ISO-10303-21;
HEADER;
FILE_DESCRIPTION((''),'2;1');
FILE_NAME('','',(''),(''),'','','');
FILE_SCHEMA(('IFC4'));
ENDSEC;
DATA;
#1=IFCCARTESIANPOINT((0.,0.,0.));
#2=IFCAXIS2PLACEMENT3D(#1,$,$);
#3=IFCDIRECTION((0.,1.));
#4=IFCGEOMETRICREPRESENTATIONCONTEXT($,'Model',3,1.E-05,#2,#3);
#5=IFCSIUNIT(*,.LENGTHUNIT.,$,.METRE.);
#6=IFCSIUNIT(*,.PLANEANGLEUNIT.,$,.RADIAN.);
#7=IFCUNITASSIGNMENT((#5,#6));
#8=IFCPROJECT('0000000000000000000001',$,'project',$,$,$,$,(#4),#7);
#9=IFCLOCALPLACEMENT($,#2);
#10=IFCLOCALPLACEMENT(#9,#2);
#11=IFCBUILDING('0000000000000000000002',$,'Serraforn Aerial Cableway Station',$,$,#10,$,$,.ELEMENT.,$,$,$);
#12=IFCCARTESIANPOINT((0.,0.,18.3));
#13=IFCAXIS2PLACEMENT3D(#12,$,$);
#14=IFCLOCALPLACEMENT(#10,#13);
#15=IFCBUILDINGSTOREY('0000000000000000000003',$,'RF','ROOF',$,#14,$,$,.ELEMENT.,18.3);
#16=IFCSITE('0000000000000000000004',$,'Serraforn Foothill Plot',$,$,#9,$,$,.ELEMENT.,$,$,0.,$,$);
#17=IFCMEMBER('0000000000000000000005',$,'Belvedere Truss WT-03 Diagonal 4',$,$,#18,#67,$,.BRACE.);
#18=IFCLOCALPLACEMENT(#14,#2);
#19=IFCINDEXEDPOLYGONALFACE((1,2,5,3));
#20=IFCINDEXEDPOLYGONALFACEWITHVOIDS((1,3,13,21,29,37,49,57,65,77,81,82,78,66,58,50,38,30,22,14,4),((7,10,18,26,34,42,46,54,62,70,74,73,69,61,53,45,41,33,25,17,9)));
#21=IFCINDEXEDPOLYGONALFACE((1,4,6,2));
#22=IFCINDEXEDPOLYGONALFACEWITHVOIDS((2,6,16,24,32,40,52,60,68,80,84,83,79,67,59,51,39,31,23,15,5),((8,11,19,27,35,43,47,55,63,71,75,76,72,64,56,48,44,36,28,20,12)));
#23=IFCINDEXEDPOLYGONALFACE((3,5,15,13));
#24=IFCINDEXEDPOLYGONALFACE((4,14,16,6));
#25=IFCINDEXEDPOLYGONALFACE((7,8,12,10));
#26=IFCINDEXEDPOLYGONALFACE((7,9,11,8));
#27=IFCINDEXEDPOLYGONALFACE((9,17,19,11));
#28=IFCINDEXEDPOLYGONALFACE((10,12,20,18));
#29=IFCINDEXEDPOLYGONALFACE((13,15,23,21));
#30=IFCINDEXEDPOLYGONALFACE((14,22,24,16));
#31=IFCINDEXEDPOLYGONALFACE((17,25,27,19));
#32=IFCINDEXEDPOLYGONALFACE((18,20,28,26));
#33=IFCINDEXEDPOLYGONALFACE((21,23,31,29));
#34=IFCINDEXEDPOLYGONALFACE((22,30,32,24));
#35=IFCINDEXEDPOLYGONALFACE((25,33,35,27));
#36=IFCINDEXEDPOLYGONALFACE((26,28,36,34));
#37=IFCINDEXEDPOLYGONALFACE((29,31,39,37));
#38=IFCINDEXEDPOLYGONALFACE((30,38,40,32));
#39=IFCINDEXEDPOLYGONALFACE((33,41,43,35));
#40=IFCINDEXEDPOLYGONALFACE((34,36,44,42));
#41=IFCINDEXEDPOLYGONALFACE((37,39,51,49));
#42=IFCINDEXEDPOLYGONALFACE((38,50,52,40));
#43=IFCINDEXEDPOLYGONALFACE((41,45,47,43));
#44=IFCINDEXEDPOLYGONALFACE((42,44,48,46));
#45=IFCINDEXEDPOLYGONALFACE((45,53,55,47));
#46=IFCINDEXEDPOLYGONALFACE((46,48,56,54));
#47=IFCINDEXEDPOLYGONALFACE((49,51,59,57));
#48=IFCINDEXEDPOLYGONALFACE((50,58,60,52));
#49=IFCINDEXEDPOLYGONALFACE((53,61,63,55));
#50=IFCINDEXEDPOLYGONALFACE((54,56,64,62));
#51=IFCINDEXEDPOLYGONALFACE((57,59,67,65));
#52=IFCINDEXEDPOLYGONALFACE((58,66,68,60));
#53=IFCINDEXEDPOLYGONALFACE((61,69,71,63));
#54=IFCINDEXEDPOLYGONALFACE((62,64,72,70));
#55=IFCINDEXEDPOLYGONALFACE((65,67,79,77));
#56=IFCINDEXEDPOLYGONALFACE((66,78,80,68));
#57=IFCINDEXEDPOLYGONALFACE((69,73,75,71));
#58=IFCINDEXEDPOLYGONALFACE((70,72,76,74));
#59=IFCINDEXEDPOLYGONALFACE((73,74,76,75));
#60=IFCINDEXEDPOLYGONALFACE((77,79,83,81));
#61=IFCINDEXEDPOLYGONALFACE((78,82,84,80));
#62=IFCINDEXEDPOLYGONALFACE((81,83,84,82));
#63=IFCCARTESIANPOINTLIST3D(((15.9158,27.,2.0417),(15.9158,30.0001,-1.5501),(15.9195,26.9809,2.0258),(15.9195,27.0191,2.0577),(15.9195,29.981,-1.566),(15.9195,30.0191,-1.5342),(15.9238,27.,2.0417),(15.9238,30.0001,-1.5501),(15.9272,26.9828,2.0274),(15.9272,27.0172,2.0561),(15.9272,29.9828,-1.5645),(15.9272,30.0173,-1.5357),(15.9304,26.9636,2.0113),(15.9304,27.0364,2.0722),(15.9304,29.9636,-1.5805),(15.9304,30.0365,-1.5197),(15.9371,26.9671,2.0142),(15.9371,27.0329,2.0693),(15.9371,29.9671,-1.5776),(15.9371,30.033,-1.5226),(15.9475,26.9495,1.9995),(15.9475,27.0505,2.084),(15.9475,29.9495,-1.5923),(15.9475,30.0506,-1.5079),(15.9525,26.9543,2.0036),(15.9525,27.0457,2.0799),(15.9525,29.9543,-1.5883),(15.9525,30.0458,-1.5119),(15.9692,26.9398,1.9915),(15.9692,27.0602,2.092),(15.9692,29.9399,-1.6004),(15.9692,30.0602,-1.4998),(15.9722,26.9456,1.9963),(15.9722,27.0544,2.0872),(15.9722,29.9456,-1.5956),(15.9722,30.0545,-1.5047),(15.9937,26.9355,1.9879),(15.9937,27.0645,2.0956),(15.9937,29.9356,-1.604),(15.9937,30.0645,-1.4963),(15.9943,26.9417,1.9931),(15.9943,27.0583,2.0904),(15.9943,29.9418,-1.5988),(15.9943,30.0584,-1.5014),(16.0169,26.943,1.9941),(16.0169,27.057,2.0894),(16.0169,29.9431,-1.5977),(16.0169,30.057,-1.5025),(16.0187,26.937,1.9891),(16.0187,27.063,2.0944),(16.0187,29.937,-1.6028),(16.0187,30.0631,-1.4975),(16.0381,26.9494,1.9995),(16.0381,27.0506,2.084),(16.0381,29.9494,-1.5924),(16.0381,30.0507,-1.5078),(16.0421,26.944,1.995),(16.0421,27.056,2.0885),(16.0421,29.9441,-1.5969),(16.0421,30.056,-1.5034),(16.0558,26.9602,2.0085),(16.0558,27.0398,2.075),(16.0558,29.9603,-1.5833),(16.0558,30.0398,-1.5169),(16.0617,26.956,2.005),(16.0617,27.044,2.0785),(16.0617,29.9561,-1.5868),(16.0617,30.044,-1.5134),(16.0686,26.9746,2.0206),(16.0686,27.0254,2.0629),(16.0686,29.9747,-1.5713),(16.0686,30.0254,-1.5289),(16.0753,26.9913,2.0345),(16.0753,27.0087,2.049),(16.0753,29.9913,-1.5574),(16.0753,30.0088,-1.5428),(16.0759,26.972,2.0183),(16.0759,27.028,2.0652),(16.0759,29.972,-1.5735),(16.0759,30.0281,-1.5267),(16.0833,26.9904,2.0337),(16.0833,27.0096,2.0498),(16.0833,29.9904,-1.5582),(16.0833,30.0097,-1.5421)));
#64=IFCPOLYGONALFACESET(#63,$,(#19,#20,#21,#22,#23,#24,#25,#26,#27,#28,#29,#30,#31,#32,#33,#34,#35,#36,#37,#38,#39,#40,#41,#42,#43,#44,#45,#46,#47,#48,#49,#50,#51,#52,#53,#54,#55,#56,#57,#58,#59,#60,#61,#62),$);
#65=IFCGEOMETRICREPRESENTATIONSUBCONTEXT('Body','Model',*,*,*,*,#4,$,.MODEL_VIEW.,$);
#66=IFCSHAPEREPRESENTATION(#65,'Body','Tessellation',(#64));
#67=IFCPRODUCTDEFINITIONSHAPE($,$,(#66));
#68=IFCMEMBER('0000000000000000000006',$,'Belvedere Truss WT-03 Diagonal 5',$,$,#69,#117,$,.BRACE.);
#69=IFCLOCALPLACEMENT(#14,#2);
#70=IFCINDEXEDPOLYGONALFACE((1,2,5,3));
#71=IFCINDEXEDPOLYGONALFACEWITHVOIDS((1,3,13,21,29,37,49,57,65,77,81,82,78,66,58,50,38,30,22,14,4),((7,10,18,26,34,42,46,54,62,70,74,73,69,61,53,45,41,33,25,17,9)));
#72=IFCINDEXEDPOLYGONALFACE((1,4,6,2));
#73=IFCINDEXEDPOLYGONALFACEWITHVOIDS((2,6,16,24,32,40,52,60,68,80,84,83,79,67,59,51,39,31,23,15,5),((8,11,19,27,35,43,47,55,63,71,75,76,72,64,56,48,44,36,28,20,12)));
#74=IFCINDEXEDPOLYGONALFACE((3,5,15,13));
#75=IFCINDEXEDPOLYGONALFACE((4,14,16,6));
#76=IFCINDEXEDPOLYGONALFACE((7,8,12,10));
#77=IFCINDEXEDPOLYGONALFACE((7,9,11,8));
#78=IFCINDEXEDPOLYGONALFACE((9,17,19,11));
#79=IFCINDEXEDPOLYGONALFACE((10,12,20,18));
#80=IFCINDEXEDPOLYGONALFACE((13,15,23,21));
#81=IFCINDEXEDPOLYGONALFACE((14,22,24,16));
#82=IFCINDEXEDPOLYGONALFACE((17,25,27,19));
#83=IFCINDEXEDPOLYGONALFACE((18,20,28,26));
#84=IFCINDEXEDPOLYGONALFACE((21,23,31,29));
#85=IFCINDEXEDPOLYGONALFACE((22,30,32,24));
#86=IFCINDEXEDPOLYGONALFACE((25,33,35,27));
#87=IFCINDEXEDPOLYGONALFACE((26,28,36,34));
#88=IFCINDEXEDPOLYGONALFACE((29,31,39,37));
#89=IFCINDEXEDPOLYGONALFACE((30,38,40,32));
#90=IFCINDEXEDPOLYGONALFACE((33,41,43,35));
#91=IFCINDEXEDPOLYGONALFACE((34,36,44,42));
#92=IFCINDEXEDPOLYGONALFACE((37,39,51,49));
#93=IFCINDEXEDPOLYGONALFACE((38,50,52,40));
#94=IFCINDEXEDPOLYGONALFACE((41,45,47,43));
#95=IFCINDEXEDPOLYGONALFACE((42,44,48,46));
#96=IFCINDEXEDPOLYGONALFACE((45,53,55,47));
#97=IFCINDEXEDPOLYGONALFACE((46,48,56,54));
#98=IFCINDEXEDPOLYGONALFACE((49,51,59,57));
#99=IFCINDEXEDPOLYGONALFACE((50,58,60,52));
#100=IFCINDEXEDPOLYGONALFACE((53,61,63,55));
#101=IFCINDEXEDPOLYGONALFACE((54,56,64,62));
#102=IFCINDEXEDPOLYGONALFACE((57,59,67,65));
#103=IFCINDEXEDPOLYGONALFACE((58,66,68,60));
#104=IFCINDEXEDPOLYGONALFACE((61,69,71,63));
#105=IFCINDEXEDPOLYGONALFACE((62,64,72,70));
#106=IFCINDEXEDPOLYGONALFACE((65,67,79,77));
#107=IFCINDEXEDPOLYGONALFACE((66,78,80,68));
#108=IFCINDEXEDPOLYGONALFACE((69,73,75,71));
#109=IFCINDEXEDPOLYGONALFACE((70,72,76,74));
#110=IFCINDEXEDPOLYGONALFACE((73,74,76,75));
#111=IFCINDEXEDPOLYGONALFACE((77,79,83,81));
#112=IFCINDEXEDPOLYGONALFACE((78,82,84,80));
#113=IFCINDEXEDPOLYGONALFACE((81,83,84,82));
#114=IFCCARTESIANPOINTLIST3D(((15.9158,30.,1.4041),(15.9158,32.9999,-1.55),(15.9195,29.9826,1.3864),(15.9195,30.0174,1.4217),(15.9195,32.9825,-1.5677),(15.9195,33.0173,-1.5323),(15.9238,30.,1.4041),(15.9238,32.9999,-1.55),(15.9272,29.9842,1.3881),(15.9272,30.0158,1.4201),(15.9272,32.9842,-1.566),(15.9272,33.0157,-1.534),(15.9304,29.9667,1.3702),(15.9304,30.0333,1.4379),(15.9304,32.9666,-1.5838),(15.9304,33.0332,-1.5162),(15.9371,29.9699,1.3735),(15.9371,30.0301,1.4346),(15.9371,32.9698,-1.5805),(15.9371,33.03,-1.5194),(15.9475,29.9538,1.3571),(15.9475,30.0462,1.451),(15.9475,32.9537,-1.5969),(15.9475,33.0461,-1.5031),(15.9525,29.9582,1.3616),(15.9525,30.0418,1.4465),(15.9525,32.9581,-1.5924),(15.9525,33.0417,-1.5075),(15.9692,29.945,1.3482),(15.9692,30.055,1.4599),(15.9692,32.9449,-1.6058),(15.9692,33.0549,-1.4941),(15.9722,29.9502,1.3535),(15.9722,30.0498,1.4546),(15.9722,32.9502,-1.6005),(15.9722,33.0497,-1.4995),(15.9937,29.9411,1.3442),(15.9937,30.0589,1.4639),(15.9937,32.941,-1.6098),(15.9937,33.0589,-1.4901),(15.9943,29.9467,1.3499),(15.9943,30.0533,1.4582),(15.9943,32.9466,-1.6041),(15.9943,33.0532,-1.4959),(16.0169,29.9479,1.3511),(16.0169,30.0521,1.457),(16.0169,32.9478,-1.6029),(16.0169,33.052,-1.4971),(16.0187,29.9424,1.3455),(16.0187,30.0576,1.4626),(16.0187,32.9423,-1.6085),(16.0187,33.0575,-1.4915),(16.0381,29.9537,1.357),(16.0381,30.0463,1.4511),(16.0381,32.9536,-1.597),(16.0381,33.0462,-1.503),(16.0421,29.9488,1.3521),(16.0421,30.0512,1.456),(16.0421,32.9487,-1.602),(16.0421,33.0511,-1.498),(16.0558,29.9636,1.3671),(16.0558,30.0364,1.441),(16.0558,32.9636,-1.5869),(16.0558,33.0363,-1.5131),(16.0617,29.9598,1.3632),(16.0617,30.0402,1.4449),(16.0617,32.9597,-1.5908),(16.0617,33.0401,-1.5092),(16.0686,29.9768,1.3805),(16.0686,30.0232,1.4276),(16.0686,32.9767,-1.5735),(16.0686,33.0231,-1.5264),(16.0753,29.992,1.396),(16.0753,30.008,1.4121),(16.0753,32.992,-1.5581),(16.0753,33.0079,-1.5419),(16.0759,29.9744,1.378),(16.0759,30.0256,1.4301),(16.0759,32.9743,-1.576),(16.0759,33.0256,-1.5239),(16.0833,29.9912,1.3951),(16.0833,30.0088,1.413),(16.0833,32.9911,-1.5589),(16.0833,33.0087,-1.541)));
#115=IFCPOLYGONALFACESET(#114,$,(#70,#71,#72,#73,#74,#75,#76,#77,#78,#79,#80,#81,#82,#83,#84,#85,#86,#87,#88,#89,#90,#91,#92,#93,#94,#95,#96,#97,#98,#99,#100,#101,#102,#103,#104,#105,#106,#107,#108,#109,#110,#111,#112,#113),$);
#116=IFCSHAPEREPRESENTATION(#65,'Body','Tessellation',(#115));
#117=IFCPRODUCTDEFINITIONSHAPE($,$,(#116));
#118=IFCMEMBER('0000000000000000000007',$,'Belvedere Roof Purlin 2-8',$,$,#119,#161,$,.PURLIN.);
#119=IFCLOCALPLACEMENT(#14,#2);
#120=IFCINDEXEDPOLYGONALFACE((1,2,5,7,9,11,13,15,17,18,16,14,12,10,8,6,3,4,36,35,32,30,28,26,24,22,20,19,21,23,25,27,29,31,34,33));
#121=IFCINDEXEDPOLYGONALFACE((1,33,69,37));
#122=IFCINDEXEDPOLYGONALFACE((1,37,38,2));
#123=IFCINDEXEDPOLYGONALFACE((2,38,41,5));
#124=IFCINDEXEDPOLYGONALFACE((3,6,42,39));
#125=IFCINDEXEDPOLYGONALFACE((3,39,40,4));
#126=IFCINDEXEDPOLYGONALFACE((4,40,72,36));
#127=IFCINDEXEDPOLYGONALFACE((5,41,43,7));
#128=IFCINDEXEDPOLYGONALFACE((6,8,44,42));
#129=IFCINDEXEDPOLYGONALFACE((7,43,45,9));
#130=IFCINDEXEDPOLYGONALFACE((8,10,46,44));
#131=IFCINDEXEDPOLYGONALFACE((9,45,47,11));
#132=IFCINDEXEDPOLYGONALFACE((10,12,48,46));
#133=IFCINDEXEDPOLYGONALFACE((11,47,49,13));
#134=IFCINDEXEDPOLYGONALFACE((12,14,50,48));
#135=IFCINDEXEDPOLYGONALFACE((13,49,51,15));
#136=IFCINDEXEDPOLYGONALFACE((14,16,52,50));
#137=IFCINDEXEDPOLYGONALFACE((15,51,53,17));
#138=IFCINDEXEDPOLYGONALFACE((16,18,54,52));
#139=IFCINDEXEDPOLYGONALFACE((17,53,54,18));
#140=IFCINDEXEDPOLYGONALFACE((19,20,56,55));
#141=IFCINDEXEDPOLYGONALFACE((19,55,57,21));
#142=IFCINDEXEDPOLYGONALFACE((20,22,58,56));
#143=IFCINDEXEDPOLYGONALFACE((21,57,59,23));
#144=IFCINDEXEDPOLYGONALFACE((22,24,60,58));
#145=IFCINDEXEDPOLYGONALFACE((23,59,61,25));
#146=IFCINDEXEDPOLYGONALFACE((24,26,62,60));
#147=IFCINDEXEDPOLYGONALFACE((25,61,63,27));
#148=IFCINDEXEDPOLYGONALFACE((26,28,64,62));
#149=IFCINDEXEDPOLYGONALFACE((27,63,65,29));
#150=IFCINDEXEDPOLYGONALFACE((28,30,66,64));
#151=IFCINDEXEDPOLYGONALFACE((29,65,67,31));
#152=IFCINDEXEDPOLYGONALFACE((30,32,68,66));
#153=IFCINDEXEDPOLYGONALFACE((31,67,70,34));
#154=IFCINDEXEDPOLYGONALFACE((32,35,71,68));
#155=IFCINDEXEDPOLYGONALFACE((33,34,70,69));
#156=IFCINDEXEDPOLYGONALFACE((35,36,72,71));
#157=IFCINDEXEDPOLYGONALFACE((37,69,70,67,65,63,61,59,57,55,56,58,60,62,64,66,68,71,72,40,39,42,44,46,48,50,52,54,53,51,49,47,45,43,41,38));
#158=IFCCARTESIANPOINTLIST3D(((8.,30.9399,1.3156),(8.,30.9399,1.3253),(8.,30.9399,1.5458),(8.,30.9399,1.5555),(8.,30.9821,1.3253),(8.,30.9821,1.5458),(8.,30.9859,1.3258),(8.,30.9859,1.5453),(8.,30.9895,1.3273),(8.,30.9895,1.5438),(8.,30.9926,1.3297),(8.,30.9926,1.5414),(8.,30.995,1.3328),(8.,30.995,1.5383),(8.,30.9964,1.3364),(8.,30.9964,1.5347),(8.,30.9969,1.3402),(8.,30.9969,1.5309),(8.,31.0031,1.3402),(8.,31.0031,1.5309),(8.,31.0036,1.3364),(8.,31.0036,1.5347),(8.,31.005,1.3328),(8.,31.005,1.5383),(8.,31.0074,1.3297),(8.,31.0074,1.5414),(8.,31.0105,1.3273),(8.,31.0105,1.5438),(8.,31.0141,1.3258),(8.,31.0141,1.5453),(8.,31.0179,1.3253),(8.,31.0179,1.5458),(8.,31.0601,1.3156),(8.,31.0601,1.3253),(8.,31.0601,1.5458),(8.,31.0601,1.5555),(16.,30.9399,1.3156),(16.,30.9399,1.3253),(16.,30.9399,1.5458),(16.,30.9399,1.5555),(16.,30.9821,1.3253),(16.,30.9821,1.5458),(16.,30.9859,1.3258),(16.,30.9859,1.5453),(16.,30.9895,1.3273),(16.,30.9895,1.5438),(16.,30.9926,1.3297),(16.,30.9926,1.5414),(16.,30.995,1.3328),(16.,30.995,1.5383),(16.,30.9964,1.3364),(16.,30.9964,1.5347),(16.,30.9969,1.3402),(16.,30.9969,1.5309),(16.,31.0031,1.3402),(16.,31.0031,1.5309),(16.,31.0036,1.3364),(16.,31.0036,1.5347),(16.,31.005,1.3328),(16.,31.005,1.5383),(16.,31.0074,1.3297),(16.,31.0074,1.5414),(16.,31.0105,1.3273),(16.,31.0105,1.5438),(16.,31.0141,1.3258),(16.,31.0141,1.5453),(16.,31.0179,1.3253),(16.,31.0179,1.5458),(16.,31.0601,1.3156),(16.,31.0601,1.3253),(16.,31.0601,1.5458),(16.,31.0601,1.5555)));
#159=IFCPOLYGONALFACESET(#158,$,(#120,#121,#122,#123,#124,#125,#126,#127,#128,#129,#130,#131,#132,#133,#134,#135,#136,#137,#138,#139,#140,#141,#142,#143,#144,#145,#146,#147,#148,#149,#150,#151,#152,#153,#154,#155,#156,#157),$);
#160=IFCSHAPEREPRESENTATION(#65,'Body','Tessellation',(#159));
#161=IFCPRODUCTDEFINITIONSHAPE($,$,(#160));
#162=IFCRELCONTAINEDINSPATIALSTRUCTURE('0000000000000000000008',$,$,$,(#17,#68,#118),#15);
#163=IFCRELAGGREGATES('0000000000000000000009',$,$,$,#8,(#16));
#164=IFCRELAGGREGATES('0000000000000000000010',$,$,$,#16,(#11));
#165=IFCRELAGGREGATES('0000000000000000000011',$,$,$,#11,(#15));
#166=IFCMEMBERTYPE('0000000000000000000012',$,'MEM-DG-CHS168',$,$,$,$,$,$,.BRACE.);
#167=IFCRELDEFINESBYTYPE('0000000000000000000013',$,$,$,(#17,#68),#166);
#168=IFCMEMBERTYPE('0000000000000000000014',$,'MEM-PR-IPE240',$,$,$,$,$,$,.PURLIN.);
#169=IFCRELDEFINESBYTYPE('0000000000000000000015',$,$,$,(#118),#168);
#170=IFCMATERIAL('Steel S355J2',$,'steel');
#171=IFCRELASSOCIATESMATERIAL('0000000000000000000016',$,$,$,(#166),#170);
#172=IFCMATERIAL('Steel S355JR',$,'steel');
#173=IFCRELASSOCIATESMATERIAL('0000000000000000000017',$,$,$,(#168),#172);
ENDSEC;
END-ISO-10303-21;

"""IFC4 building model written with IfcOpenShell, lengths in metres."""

from ifc_helpers import new_model, si_unit, direction, frame, origin, origin_2d, place, context, subcontext, project, spatial, hollow_circle, i_section, extrude, material, material_profile, profile_set, type_object, element, save


model = new_model("IFC4")

# Units and contexts
model_context = context("Model", 3, precision=1e-05, world=origin(), true_north=direction((0.0, 1.0)))
body_context = subcontext(model_context, "Body", "Model", "MODEL_VIEW")
ifc_project = project(units=[si_unit("LENGTHUNIT", "METRE"), si_unit("PLANEANGLEUNIT", "RADIAN")], contexts=[model_context])

# Site, building, storey
site_placement = place(None, origin())
site = spatial("IfcSite", under=ifc_project, at=site_placement, Name="Serraforn Foothill Plot", CompositionType="ELEMENT", RefElevation=0.0)
building_placement = place(site_placement, origin())
building = spatial("IfcBuilding", under=site, at=building_placement, Name="Serraforn Aerial Cableway Station", CompositionType="ELEMENT")
storey_placement = place(building_placement, frame((0.0, 0.0, 18.3)))
storey = spatial("IfcBuildingStorey", under=building, at=storey_placement, Name="RF", Description="ROOF", CompositionType="ELEMENT", Elevation=18.3)

# Shared definitions
ifc_material_1 = material(Name="Steel S355JR", Category="steel")

# Members
ifc_material_2 = material(Name="Steel S355J2", Category="steel")
ifc_material_profile_1 = material_profile(ifc_material_2, hollow_circle(Radius=0.0842, WallThickness=0.0081, at=origin_2d()), Name="CHS 168.3x8.0")
ifc_profile_set_1 = profile_set([ifc_material_profile_1], Name="Steel S355J2")
member_type_1 = type_object("IfcMemberType", Name="MEM-DG-CHS168", PredefinedType="BRACE", material=ifc_profile_set_1)
member_1_placement = place(storey_placement, frame((16.0, 27.0, 2.0417), z_axis=(0.0, 0.641046, -0.767502), x_axis=(-1.0, 0.0, 0.0)))
element("IfcMember", 1, at=member_1_placement, inside=storey, type_object=member_type_1, Name="Belvedere Truss WT-03 Diagonal 4", PredefinedType="BRACE", context=body_context, shape_type="SweptSolid", body=[
    extrude(hollow_circle(Radius=0.0842, WallThickness=0.0081, at=origin_2d()), origin(), (0.0, 0.0, 1.0), 4.6799),
])
member_2_placement = place(storey_placement, frame((16.0, 30.0, 1.4041), z_axis=(0.0, 0.712536, -0.701635), x_axis=(-1.0, 0.0, 0.0)))
element("IfcMember", 2, at=member_2_placement, inside=storey, type_object=member_type_1, Name="Belvedere Truss WT-03 Diagonal 5", PredefinedType="BRACE", context=body_context, shape_type="SweptSolid", body=[
    extrude(hollow_circle(Radius=0.0842, WallThickness=0.0081, at=origin_2d()), origin(), (0.0, 0.0, 1.0), 4.2102),
])
ifc_material_profile_2 = material_profile(ifc_material_1, i_section(OverallWidth=0.1201, OverallDepth=0.24, WebThickness=0.0061, FlangeThickness=0.0098, FilletRadius=0.0149, at=origin_2d()), Name="IPE 240")
ifc_profile_set_2 = profile_set([ifc_material_profile_2], Name="Steel S355JR")
member_type_2 = type_object("IfcMemberType", Name="MEM-PR-IPE240", PredefinedType="PURLIN", material=ifc_profile_set_2)
for number, where, z_axis, x_axis, name in (
    (3, (8.0, 31.0, 1.4355), (1.0, 0.0, 0.0), (0.0, 1.0, 0.0), "Belvedere Roof Purlin 2-8"),
):
    element("IfcMember", number, at=place(storey_placement, frame(where, z_axis=z_axis, x_axis=x_axis)), inside=storey, type_object=member_type_2, Name=name, PredefinedType="PURLIN", context=body_context, shape_type="SweptSolid", body=[
        extrude(i_section(OverallWidth=0.1201, OverallDepth=0.24, WebThickness=0.0061, FlangeThickness=0.0098, FilletRadius=0.0149, at=origin_2d()), origin(), (0.0, 0.0, 1.0), 8.0),
    ])

save(model, "model.ifc")
